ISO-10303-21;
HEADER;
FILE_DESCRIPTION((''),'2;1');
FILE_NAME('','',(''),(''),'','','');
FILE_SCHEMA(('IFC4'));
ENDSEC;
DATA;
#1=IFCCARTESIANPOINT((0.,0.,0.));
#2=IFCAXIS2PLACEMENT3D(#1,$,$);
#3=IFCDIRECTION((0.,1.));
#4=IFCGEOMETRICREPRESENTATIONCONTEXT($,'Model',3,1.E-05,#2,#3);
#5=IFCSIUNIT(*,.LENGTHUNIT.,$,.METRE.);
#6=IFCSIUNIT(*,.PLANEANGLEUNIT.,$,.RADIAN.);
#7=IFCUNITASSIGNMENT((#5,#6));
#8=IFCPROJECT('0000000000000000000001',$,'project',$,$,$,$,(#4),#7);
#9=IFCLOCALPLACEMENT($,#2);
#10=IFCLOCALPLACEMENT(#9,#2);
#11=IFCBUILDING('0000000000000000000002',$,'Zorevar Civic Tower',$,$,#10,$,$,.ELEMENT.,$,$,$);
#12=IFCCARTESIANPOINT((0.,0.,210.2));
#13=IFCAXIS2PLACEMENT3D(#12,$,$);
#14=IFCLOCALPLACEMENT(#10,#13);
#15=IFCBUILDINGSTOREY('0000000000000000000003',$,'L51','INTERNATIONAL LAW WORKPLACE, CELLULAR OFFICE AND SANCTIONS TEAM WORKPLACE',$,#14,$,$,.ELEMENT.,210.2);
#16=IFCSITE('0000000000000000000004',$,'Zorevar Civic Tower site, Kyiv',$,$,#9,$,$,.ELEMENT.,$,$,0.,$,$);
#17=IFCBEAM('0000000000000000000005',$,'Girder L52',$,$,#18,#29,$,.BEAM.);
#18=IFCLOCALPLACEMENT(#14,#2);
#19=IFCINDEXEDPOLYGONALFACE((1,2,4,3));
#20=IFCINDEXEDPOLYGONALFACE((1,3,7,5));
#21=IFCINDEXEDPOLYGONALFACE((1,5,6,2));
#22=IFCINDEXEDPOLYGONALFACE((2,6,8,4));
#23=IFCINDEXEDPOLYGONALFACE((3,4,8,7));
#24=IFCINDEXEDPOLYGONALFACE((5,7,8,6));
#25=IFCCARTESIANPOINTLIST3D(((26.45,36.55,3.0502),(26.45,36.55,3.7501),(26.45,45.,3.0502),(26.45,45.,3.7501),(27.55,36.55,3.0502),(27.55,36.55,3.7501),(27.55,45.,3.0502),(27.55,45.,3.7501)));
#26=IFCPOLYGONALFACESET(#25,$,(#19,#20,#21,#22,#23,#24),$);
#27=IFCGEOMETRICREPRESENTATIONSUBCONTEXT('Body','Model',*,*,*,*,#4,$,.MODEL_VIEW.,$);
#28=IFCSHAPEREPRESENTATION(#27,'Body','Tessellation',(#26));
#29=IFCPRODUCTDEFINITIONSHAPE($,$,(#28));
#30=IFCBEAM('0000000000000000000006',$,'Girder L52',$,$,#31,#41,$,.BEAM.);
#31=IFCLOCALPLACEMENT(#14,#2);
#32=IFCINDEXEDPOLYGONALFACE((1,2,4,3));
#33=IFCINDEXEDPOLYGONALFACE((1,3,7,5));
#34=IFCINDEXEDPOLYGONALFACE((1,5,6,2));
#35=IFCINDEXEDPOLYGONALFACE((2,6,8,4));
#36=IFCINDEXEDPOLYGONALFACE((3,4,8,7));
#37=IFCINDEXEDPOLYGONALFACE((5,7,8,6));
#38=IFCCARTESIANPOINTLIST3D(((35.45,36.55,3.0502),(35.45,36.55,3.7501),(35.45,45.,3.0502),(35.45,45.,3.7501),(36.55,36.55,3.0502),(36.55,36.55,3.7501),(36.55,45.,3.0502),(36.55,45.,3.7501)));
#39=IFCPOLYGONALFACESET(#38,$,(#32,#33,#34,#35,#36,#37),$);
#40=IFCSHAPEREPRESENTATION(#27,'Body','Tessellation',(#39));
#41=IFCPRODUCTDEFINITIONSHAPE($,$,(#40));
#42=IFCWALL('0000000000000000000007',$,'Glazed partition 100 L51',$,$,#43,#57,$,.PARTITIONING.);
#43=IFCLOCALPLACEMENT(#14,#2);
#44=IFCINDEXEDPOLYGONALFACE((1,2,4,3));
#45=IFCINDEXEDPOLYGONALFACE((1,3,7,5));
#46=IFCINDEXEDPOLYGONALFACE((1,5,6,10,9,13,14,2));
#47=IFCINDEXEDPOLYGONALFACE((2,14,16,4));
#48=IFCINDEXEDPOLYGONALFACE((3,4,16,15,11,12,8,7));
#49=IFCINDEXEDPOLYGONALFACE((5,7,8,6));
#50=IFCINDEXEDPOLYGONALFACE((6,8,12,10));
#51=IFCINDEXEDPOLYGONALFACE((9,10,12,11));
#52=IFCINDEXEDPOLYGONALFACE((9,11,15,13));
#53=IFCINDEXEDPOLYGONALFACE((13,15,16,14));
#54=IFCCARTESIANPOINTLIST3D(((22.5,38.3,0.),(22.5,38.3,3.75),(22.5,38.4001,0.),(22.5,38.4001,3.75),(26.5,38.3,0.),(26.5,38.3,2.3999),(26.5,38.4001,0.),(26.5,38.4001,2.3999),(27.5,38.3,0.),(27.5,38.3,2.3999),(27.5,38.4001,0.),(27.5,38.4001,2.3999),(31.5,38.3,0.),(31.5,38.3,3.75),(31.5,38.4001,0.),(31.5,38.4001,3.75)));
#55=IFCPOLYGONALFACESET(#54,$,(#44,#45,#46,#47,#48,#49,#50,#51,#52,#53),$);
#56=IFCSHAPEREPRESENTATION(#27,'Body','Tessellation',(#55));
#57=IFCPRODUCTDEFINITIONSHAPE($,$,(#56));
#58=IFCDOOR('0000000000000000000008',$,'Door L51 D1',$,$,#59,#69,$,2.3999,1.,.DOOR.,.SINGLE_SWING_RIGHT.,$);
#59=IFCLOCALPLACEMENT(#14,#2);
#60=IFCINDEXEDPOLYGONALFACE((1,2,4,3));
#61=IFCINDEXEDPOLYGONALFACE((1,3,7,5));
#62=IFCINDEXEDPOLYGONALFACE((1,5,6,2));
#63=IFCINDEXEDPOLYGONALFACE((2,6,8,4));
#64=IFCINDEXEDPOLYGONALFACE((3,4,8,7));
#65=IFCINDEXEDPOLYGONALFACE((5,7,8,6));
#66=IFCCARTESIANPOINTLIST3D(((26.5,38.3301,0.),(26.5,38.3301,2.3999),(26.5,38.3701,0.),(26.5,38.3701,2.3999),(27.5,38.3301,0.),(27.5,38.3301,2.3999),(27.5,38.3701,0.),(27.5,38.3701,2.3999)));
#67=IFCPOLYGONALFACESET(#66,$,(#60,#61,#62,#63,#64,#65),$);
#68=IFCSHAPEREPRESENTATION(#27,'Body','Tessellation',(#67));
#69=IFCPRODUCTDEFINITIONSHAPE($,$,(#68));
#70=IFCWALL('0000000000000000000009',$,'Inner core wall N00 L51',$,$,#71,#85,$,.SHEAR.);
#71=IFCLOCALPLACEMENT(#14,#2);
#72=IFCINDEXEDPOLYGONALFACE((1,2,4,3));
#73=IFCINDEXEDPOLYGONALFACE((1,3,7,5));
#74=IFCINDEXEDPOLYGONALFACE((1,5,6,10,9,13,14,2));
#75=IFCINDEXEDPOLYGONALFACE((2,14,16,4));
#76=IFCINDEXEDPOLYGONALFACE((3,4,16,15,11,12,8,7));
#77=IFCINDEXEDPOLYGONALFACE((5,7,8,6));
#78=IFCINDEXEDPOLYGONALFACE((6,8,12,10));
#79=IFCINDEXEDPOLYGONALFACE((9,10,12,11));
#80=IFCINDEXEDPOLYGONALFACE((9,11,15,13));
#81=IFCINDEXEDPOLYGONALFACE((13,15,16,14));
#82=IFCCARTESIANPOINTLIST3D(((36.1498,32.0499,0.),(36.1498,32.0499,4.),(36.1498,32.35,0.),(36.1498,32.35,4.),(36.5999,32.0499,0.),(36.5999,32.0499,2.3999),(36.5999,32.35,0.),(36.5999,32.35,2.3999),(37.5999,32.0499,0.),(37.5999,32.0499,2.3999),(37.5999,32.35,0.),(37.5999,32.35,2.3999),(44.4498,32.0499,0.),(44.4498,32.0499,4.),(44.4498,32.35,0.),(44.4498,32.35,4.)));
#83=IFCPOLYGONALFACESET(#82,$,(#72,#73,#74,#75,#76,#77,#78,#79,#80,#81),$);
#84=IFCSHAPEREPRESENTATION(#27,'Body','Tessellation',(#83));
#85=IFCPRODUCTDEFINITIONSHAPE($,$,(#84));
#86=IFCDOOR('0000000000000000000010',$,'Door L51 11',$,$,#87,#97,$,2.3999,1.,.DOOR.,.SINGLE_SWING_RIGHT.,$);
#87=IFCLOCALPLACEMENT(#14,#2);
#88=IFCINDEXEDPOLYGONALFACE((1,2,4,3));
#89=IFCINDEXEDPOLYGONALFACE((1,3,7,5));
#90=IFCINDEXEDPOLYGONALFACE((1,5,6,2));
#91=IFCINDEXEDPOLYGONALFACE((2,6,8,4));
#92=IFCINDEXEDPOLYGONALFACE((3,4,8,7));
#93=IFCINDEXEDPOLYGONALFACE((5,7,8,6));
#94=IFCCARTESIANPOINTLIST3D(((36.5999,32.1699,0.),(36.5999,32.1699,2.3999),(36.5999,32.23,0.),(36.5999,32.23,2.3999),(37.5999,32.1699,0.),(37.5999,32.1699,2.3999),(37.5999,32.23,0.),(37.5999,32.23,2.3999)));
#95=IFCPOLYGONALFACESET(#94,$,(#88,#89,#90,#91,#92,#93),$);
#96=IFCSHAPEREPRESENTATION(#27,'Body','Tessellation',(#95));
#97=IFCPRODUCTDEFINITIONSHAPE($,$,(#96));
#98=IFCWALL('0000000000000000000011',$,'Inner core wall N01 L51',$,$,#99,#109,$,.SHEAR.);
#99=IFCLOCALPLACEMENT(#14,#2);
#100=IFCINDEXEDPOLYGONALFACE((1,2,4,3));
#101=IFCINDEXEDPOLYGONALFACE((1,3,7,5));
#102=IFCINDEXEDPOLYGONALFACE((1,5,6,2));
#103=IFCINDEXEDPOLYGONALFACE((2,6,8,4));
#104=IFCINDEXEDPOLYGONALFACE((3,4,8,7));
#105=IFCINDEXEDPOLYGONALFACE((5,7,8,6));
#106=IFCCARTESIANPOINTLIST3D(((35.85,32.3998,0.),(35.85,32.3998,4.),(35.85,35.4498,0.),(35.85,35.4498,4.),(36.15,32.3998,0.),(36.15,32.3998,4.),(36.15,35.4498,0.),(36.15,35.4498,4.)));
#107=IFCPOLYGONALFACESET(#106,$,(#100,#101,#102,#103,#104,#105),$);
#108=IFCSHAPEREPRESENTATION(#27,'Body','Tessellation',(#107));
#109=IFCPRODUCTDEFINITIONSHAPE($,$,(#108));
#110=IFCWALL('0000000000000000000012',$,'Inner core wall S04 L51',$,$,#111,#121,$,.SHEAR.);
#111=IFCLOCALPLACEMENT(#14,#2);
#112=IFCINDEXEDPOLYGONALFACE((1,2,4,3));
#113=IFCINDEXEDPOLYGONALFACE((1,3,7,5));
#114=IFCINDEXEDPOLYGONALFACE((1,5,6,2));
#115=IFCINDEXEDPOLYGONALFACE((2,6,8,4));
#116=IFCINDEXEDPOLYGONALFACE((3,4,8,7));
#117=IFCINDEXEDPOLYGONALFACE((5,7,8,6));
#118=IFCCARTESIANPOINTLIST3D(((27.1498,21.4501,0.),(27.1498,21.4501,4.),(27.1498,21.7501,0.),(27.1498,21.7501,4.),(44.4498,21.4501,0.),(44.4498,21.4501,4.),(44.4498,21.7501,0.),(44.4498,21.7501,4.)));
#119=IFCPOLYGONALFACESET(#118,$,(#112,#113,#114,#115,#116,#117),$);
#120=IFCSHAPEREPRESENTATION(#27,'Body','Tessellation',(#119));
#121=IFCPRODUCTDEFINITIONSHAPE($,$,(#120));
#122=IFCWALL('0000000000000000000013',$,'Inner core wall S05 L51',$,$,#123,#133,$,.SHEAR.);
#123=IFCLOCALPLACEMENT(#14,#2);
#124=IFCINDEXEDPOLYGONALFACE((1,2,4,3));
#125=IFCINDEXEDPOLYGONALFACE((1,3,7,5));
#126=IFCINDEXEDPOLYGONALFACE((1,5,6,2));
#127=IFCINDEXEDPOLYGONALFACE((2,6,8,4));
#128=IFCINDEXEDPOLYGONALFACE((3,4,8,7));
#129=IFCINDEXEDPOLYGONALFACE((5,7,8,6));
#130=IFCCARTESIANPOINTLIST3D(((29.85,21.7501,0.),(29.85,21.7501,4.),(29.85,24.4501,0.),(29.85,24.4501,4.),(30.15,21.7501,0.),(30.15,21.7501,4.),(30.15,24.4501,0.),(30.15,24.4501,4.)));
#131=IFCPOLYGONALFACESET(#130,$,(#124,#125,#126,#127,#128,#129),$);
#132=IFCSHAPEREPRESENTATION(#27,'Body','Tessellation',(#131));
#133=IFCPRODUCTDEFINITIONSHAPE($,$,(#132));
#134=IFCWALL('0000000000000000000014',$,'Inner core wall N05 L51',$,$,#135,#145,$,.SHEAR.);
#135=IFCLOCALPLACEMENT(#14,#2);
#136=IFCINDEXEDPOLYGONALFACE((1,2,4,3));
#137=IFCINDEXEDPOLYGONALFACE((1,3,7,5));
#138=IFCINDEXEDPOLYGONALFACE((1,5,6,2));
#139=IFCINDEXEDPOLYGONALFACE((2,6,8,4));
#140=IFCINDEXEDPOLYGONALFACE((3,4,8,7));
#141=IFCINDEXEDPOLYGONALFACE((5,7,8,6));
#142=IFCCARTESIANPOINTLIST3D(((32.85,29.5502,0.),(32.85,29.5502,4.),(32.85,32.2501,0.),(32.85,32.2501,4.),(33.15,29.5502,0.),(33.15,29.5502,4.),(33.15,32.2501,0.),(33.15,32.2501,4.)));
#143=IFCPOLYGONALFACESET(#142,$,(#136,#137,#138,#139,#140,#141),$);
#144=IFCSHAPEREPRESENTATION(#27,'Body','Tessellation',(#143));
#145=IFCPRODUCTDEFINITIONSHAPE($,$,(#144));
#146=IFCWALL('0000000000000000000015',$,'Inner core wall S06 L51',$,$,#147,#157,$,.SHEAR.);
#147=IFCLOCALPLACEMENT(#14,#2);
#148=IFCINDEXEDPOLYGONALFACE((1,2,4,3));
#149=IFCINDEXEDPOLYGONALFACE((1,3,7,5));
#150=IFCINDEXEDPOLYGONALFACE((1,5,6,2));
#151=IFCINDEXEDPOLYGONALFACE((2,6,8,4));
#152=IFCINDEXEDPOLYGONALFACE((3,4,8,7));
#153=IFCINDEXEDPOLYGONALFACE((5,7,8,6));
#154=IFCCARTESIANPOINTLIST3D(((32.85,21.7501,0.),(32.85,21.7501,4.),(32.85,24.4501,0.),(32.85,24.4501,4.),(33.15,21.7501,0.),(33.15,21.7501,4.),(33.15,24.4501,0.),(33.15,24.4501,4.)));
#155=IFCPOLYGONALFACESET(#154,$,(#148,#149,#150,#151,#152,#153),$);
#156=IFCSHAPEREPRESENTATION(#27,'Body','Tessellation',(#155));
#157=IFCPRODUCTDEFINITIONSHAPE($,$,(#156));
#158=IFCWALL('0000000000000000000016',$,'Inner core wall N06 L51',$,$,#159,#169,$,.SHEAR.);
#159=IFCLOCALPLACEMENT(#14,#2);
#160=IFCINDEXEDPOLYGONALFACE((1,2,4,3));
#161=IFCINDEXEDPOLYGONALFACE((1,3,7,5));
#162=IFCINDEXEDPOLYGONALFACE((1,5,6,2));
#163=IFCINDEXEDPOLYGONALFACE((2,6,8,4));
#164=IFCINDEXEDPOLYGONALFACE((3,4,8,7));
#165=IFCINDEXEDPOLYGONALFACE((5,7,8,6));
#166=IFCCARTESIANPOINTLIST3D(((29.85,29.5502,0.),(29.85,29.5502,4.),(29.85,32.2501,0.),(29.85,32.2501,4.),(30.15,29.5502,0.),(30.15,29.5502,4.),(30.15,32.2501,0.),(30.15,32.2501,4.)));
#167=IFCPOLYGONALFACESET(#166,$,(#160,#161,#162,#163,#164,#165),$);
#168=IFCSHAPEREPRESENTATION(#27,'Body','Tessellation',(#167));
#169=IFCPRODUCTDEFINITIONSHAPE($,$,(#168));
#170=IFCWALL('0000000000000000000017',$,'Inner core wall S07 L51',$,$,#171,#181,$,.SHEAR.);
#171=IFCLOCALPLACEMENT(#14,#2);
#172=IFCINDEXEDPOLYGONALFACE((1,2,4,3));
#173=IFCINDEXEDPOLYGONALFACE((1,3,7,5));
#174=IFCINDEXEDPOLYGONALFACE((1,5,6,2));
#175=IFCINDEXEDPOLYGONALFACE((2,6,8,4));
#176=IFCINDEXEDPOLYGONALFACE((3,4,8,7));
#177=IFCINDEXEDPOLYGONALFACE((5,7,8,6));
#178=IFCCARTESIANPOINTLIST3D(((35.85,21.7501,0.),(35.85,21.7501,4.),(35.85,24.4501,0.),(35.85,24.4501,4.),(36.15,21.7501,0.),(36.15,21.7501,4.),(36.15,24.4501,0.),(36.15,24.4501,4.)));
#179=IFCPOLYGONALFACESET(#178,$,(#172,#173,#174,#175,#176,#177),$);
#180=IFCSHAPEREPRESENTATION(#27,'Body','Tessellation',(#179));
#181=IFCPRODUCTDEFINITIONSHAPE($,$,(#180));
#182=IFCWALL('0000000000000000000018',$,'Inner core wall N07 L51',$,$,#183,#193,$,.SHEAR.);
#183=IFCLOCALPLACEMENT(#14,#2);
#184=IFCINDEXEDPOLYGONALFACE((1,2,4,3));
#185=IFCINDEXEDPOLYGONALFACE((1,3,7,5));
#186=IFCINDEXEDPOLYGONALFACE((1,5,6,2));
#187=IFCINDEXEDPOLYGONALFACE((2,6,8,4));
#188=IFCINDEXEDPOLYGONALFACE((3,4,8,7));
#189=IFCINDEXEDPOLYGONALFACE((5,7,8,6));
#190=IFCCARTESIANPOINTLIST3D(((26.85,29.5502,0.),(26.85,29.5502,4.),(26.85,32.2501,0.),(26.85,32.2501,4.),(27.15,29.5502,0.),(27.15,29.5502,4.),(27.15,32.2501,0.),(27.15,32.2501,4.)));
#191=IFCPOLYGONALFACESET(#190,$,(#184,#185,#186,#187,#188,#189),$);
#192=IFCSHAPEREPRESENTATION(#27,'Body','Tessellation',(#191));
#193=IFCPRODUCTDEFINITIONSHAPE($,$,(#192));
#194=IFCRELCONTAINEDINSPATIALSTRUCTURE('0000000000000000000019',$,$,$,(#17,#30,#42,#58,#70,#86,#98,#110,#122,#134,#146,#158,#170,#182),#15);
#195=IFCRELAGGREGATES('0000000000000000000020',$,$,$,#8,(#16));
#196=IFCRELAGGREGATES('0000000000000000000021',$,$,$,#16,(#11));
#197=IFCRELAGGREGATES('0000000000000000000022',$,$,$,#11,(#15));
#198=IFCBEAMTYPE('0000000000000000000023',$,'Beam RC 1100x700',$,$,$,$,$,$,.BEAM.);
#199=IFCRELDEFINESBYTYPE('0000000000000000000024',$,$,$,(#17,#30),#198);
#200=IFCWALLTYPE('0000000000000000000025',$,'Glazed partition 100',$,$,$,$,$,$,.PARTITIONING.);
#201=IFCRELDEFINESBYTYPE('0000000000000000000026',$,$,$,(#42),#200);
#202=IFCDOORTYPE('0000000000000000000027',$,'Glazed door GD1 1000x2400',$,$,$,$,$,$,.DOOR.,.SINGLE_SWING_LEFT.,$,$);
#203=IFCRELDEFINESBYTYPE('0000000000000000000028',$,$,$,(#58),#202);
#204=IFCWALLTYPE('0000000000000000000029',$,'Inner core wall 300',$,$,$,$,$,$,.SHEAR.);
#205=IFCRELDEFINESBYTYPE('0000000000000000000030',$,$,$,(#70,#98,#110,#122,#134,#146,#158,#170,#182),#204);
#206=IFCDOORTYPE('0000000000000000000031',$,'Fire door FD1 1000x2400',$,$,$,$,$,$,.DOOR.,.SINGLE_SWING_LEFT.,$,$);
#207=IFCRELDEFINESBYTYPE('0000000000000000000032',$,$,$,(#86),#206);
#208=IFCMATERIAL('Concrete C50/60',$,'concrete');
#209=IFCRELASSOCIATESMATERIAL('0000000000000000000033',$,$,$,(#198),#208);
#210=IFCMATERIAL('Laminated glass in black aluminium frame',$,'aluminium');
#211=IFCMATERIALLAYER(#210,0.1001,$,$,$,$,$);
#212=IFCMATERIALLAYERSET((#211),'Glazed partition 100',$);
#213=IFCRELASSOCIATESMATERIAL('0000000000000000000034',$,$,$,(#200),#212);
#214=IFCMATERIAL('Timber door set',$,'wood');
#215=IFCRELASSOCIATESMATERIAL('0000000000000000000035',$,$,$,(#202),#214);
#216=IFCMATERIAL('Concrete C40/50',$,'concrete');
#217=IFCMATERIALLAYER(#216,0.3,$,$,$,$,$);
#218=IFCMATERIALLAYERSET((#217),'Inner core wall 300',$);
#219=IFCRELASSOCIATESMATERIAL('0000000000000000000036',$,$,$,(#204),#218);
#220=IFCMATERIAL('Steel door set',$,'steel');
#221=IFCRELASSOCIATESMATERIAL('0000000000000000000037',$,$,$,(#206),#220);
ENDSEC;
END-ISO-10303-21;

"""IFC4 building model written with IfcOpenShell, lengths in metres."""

from ifc_helpers import new_model, si_unit, direction, frame, frame_2d, origin, origin_2d, place, context, subcontext, project, spatial, rectangle, extrude, material, layer, layer_set, material_profile, profile_set, type_object, element, fill, save


model = new_model("IFC4")

# Units and contexts
model_context = context("Model", 3, precision=1e-05, world=origin(), true_north=direction((0.0, 1.0)))
body_context = subcontext(model_context, "Body", "Model", "MODEL_VIEW")
ifc_project = project(units=[si_unit("LENGTHUNIT", "METRE"), si_unit("PLANEANGLEUNIT", "RADIAN")], contexts=[model_context])

# Site, building, storey
site_placement = place(None, origin())
site = spatial("IfcSite", under=ifc_project, at=site_placement, Name="Zorevar Civic Tower site, Kyiv", CompositionType="ELEMENT", RefElevation=0.0)
building_placement = place(site_placement, origin())
building = spatial("IfcBuilding", under=site, at=building_placement, Name="Zorevar Civic Tower", CompositionType="ELEMENT")
storey_placement = place(building_placement, frame((0.0, 0.0, 210.2)))
storey = spatial("IfcBuildingStorey", under=building, at=storey_placement, Name="L51", Description="INTERNATIONAL LAW WORKPLACE, CELLULAR OFFICE AND SANCTIONS TEAM WORKPLACE", CompositionType="ELEMENT", Elevation=210.2)

# Beams
ifc_material_1 = material(Name="Concrete C50/60", Category="concrete")
ifc_material_profile = material_profile(ifc_material_1, rectangle(XDim=1.1001, YDim=0.7, at=origin_2d()), Name="RC 1100x700")
ifc_profile_set = profile_set([ifc_material_profile], Name="Concrete C50/60")
beam_type = type_object("IfcBeamType", Name="Beam RC 1100x700", PredefinedType="BEAM", material=ifc_profile_set)
for number, where, z_axis, x_axis, name in (
    (1, (27.0, 36.55, 3.4001), (0.0, 1.0, 0.0), (-1.0, 0.0, 0.0), "Girder L52"),
    (2, (36.0, 36.55, 3.4001), (0.0, 1.0, 0.0), (-1.0, 0.0, 0.0), "Girder L52"),
):
    element("IfcBeam", number, at=place(storey_placement, frame(where, z_axis=z_axis, x_axis=x_axis)), inside=storey, type_object=beam_type, Name=name, PredefinedType="BEAM", context=body_context, shape_type="SweptSolid", body=[
        extrude(rectangle(XDim=1.1001, YDim=0.7, at=origin_2d()), origin(), (0.0, 0.0, 1.0), 8.45),
    ])

# Walls, openings, doors
ifc_material_2 = material(Name="Laminated glass in black aluminium frame", Category="aluminium")
ifc_layer_1 = layer(ifc_material_2, 0.1001)
ifc_layer_set_1 = layer_set([ifc_layer_1], Name="Glazed partition 100")
wall_type_1 = type_object("IfcWallType", Name="Glazed partition 100", PredefinedType="PARTITIONING", material=ifc_layer_set_1)
wall_1_placement = place(storey_placement, frame((22.5, 38.3501, 0.0), z_axis=(0.0, 0.0, 1.0), x_axis=(1.0, 0.0, 0.0)))
wall_1 = element("IfcWall", 3, at=wall_1_placement, inside=storey, type_object=wall_type_1, Name="Glazed partition 100 L51", PredefinedType="PARTITIONING", context=body_context, shape_type="SweptSolid", body=[
    extrude(rectangle(XDim=9.0, YDim=0.1001, at=frame_2d((4.5, 0.0))), origin(), (0.0, 0.0, 1.0), 3.75),
])
opening_1_placement = place(wall_1_placement, frame((4.0, 0.0, 0.0)))
opening_1 = element("IfcOpeningElement", 4, at=opening_1_placement, cuts=wall_1, PredefinedType="OPENING", context=body_context, shape_type="SweptSolid", body=[
    extrude(rectangle(XDim=1.0, YDim=2.3999, at=frame_2d((0.5, 1.2))), frame((0.0, 0.0601, 0.0), z_axis=(0.0, -1.0, 0.0), x_axis=(1.0, 0.0, 0.0)), (0.0, 0.0, 1.0), 0.1201),
])
ifc_material_3 = material(Name="Timber door set", Category="wood")
door_type_1 = type_object("IfcDoorType", Name="Glazed door GD1 1000x2400", OperationType="SINGLE_SWING_LEFT", PredefinedType="DOOR", material=ifc_material_3)
door_1_placement = place(opening_1_placement, origin())
door_1 = element("IfcDoor", 5, at=door_1_placement, inside=storey, type_object=door_type_1, Name="Door L51 D1", OperationType="SINGLE_SWING_RIGHT", OverallHeight=2.3999, OverallWidth=1.0, PredefinedType="DOOR", context=body_context, shape_type="SweptSolid", body=[
    extrude(rectangle(XDim=1.0, YDim=2.3999, at=frame_2d((0.5, 1.2))), frame((0.0, 0.02, 0.0), z_axis=(0.0, -1.0, 0.0), x_axis=(1.0, 0.0, 0.0)), (0.0, 0.0, 1.0), 0.04),
])
fill(opening_1, door_1)
ifc_material_4 = material(Name="Concrete C40/50", Category="concrete")
ifc_layer_2 = layer(ifc_material_4, 0.3)
ifc_layer_set_2 = layer_set([ifc_layer_2], Name="Inner core wall 300")
wall_type_2 = type_object("IfcWallType", Name="Inner core wall 300", PredefinedType="SHEAR", material=ifc_layer_set_2)
wall_2_placement = place(storey_placement, frame((36.1499, 32.2, 0.0), z_axis=(0.0, 0.0, 1.0), x_axis=(1.0, 0.0, 0.0)))
wall_2 = element("IfcWall", 6, at=wall_2_placement, inside=storey, type_object=wall_type_2, Name="Inner core wall N00 L51", PredefinedType="SHEAR", context=body_context, shape_type="SweptSolid", body=[
    extrude(rectangle(XDim=8.3, YDim=0.3, at=frame_2d((4.1499, 0.0))), origin(), (0.0, 0.0, 1.0), 4.0),
])
opening_2_placement = place(wall_2_placement, frame((0.45, 0.0, 0.0)))
opening_2 = element("IfcOpeningElement", 7, at=opening_2_placement, cuts=wall_2, PredefinedType="OPENING", context=body_context, shape_type="SweptSolid", body=[
    extrude(rectangle(XDim=1.0, YDim=2.3999, at=frame_2d((0.5, 1.2))), frame((0.0, 0.1599, 0.0), z_axis=(0.0, -1.0, 0.0), x_axis=(1.0, 0.0, 0.0)), (0.0, 0.0, 1.0), 0.3201),
])
ifc_material_5 = material(Name="Steel door set", Category="steel")
door_type_2 = type_object("IfcDoorType", Name="Fire door FD1 1000x2400", OperationType="SINGLE_SWING_LEFT", PredefinedType="DOOR", material=ifc_material_5)
door_2_placement = place(opening_2_placement, origin())
door_2 = element("IfcDoor", 8, at=door_2_placement, inside=storey, type_object=door_type_2, Name="Door L51 11", OperationType="SINGLE_SWING_RIGHT", OverallHeight=2.3999, OverallWidth=1.0, PredefinedType="DOOR", context=body_context, shape_type="SweptSolid", body=[
    extrude(rectangle(XDim=1.0, YDim=2.3999, at=frame_2d((0.5, 1.2))), frame((0.0, 0.03, 0.0), z_axis=(0.0, -1.0, 0.0), x_axis=(1.0, 0.0, 0.0)), (0.0, 0.0, 1.0), 0.0601),
])
fill(opening_2, door_2)

# Walls
wall_3_placement = place(storey_placement, frame((36.0, 32.3999, 0.0), z_axis=(0.0, 0.0, 1.0), x_axis=(0.0, 1.0, 0.0)))
element("IfcWall", 9, at=wall_3_placement, inside=storey, type_object=wall_type_2, Name="Inner core wall N01 L51", PredefinedType="SHEAR", context=body_context, shape_type="SweptSolid", body=[
    extrude(rectangle(XDim=3.05, YDim=0.3, at=frame_2d((1.5249, 0.0))), origin(), (0.0, 0.0, 1.0), 4.0),
])
wall_4_placement = place(storey_placement, frame((27.1499, 21.6001, 0.0), z_axis=(0.0, 0.0, 1.0), x_axis=(1.0, 0.0, 0.0)))
element("IfcWall", 10, at=wall_4_placement, inside=storey, type_object=wall_type_2, Name="Inner core wall S04 L51", PredefinedType="SHEAR", context=body_context, shape_type="SweptSolid", body=[
    extrude(rectangle(XDim=17.3, YDim=0.3, at=frame_2d((8.6499, 0.0))), origin(), (0.0, 0.0, 1.0), 4.0),
])
for number, where, z_axis, x_axis, name in (
    (11, (30.0, 21.75, 0.0), (0.0, 0.0, 1.0), (0.0, 1.0, 0.0), "Inner core wall S05 L51"),
    (12, (33.0, 29.55, 0.0), (0.0, 0.0, 1.0), (0.0, 1.0, 0.0), "Inner core wall N05 L51"),
    (13, (33.0, 21.75, 0.0), (0.0, 0.0, 1.0), (0.0, 1.0, 0.0), "Inner core wall S06 L51"),
    (14, (30.0, 29.55, 0.0), (0.0, 0.0, 1.0), (0.0, 1.0, 0.0), "Inner core wall N06 L51"),
    (15, (36.0, 21.75, 0.0), (0.0, 0.0, 1.0), (0.0, 1.0, 0.0), "Inner core wall S07 L51"),
    (16, (27.0, 29.55, 0.0), (0.0, 0.0, 1.0), (0.0, 1.0, 0.0), "Inner core wall N07 L51"),
):
    element("IfcWall", number, at=place(storey_placement, frame(where, z_axis=z_axis, x_axis=x_axis)), inside=storey, type_object=wall_type_2, Name=name, PredefinedType="SHEAR", context=body_context, shape_type="SweptSolid", body=[
        extrude(rectangle(XDim=2.7, YDim=0.3, at=frame_2d((1.3501, 0.0))), origin(), (0.0, 0.0, 1.0), 4.0),
    ])

save(model, "model.ifc")
